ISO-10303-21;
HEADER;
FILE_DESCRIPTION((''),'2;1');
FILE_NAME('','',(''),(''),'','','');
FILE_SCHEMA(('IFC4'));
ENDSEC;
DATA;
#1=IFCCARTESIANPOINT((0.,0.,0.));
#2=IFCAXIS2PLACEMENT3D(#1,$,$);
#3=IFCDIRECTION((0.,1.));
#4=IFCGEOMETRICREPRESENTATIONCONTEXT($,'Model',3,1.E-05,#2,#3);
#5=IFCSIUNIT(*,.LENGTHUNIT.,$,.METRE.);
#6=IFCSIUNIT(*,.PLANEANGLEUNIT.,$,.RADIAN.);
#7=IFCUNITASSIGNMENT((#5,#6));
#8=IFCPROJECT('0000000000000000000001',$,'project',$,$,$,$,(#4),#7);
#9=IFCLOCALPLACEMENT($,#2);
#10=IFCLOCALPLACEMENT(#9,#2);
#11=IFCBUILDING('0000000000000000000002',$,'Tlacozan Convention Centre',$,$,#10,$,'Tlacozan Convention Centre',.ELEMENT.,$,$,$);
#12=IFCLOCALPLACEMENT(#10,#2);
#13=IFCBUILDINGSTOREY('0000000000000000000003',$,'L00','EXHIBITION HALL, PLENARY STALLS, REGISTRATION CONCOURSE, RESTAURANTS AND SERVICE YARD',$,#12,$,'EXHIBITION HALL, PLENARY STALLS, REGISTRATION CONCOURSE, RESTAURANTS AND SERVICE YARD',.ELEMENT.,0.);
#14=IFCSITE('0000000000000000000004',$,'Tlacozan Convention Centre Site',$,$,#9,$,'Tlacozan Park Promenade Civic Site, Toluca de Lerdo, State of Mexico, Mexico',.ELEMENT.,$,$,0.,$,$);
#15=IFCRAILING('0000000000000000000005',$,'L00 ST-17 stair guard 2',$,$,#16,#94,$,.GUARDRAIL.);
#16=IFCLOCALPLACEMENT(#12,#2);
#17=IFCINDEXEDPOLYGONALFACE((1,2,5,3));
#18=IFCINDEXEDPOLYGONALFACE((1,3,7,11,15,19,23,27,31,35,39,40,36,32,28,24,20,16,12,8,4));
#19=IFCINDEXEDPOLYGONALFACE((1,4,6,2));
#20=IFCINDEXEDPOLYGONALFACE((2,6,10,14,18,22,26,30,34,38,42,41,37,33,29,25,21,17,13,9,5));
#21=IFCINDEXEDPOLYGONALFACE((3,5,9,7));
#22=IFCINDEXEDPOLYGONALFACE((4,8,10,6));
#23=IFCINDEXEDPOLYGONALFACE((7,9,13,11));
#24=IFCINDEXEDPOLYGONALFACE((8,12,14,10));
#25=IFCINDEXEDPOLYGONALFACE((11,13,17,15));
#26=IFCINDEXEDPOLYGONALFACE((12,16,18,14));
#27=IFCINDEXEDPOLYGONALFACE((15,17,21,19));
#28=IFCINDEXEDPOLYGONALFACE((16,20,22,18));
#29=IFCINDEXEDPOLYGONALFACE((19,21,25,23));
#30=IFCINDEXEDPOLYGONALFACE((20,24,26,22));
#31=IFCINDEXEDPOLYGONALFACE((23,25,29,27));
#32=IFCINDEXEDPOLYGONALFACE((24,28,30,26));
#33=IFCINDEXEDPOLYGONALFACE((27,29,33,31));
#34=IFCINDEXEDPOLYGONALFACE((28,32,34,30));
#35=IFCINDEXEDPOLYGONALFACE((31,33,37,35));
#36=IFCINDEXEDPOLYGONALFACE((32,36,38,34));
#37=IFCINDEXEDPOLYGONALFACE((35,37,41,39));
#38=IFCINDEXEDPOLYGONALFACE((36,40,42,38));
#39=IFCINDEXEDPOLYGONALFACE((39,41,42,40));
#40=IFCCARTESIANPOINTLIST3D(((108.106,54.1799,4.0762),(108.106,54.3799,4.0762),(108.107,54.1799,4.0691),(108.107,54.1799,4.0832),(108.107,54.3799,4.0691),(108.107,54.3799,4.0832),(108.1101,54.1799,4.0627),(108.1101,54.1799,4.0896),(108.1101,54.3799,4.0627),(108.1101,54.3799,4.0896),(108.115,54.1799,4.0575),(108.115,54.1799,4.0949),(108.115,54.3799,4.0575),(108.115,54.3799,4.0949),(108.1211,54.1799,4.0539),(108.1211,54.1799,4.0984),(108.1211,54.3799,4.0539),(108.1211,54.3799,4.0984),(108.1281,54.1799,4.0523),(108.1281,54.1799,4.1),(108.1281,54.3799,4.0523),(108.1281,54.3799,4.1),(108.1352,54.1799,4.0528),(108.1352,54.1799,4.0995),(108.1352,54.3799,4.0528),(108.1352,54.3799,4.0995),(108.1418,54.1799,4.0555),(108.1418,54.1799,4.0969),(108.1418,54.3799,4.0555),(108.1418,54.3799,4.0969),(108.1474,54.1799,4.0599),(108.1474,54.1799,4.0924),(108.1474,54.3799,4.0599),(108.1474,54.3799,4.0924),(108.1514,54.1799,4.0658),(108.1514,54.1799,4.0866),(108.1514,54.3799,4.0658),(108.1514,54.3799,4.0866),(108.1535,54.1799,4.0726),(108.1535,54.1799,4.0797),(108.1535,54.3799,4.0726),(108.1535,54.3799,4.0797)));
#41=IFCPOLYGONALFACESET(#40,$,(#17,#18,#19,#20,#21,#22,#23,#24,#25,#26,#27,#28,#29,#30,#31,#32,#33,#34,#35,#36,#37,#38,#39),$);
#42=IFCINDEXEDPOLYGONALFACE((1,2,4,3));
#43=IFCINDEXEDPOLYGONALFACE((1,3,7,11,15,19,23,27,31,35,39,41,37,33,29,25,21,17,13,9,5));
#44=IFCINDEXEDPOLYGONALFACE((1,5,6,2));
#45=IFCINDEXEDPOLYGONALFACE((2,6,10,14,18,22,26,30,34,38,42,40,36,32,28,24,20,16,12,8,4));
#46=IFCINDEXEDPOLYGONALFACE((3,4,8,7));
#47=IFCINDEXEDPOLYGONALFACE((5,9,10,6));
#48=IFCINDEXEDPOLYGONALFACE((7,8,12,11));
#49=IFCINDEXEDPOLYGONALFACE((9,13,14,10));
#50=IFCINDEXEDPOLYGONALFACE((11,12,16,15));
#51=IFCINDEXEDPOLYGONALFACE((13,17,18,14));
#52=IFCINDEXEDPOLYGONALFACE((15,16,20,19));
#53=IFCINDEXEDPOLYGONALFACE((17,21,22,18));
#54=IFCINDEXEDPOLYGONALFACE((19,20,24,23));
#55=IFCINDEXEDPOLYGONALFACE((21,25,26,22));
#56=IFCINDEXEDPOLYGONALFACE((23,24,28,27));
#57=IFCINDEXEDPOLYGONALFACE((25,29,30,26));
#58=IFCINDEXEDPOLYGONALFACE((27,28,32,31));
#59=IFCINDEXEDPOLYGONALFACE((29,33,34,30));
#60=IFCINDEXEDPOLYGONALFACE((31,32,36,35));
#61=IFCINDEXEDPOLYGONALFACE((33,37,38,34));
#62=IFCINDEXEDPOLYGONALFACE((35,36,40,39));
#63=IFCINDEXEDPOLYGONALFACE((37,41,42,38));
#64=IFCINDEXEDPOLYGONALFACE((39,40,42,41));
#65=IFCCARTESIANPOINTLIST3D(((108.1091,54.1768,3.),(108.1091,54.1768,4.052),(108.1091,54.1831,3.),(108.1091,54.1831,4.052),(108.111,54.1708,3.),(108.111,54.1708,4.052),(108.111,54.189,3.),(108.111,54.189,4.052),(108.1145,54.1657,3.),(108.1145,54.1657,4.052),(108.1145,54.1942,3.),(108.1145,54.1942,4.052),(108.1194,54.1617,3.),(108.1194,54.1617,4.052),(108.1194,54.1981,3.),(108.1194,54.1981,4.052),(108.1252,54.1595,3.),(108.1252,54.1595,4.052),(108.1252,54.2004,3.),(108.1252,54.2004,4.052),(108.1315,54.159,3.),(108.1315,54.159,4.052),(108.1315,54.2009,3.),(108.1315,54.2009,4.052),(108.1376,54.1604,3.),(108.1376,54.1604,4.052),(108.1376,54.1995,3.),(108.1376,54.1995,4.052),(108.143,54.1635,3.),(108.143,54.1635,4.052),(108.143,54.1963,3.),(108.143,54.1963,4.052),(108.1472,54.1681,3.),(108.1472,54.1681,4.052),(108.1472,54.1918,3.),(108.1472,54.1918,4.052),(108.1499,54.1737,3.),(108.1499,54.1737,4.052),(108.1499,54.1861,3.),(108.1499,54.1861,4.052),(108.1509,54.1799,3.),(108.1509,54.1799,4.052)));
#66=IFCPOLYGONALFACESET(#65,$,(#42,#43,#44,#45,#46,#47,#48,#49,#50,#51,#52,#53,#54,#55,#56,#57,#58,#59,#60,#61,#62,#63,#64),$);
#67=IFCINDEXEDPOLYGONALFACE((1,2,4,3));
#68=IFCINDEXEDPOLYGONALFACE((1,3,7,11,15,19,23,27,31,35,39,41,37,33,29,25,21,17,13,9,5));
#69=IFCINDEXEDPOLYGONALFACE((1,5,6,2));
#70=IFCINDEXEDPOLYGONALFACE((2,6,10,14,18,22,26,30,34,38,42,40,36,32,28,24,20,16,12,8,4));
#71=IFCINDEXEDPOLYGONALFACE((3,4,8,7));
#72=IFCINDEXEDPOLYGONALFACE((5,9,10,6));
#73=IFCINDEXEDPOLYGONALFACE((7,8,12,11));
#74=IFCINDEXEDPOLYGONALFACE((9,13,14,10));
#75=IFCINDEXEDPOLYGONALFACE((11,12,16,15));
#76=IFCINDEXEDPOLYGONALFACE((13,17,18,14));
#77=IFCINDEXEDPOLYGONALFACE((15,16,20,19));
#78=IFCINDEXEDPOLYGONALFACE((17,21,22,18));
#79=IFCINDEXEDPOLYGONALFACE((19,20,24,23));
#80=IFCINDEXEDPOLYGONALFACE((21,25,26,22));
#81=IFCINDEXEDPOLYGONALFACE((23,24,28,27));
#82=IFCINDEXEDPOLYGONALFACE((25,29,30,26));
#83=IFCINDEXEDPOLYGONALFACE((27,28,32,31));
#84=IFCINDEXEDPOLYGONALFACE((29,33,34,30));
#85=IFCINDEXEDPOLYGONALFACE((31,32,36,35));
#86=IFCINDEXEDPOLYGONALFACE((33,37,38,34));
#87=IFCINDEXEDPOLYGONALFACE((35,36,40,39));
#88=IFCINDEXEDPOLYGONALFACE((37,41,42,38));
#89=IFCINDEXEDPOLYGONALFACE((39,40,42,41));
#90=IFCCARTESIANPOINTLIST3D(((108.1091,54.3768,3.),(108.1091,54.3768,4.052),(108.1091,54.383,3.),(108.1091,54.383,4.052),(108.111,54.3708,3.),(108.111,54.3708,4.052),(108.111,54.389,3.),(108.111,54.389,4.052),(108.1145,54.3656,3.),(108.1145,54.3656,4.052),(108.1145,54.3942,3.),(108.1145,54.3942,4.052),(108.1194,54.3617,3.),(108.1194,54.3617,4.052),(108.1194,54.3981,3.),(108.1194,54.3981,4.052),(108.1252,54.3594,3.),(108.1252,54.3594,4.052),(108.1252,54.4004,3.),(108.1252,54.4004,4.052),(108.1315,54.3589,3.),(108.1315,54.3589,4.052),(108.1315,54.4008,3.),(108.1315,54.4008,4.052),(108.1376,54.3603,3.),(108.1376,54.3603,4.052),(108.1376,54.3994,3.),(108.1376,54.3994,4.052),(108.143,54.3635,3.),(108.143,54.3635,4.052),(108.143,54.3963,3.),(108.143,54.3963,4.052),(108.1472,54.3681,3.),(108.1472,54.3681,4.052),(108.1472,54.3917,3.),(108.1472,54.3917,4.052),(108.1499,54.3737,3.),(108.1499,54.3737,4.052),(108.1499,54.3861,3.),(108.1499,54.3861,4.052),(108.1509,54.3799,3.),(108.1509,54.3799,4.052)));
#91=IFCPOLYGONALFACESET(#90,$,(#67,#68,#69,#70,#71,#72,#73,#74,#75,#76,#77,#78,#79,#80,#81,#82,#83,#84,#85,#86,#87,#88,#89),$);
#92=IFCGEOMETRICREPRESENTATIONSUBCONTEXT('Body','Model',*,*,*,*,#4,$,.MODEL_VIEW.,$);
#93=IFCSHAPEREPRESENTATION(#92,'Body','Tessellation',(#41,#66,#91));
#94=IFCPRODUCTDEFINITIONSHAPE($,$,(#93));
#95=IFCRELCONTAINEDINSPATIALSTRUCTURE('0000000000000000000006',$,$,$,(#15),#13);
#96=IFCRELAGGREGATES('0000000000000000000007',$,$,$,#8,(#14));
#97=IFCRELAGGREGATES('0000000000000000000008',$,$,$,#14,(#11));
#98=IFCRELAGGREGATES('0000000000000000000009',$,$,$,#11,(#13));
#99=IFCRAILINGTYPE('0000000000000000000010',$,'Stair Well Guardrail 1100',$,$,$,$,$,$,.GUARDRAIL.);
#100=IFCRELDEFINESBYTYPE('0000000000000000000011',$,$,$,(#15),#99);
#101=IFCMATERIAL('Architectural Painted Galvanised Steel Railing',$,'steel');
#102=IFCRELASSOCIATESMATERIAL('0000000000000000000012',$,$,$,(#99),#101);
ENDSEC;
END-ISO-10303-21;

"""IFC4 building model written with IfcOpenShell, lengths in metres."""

from ifc_helpers import new_model, si_unit, direction, frame, origin, origin_2d, place, context, subcontext, project, spatial, circle, extrude, material, type_object, element, save


model = new_model("IFC4")

# Units and contexts
model_context = context("Model", 3, precision=1e-05, world=origin(), true_north=direction((0.0, 1.0)))
body_context = subcontext(model_context, "Body", "Model", "MODEL_VIEW")
ifc_project = project(units=[si_unit("LENGTHUNIT", "METRE"), si_unit("PLANEANGLEUNIT", "RADIAN")], contexts=[model_context])

# Site, building, storey
site_placement = place(None, origin())
site = spatial("IfcSite", under=ifc_project, at=site_placement, Name="Tlacozan Convention Centre Site", LongName="Tlacozan Park Promenade Civic Site, Toluca de Lerdo, State of Mexico, Mexico", CompositionType="ELEMENT", RefElevation=0.0)
building_placement = place(site_placement, origin())
building = spatial("IfcBuilding", under=site, at=building_placement, Name="Tlacozan Convention Centre", LongName="Tlacozan Convention Centre", CompositionType="ELEMENT")
storey_placement = place(building_placement, origin())
storey = spatial("IfcBuildingStorey", under=building, at=storey_placement, Name="L00", Description="EXHIBITION HALL, PLENARY STALLS, REGISTRATION CONCOURSE, RESTAURANTS AND SERVICE YARD", LongName="EXHIBITION HALL, PLENARY STALLS, REGISTRATION CONCOURSE, RESTAURANTS AND SERVICE YARD", CompositionType="ELEMENT", Elevation=0.0)

# Railing
ifc_material_1 = material(Name="Architectural Painted Galvanised Steel Railing", Category="steel")
railing_type_1 = type_object("IfcRailingType", Name="Stair Well Guardrail 1100", PredefinedType="GUARDRAIL", material=ifc_material_1)
railing_1_placement = place(storey_placement, frame((108.1299, 54.1799, 3.0)))
element("IfcRailing", 1, at=railing_1_placement, inside=storey, type_object=railing_type_1, Name="L00 ST-17 stair guard 2", PredefinedType="GUARDRAIL", context=body_context, shape_type="SweptSolid", body=[
    extrude(circle(Radius=0.0239, at=origin_2d()), frame((0.0, 0.0, 1.0762), z_axis=(0.0, 1.0, 0.0), x_axis=(-1.0, 0.0, 0.0)), (0.0, 0.0, 1.0), 0.2),
    extrude(circle(Radius=0.021, at=origin_2d()), origin(), (0.0, 0.0, 1.0), 1.052),
    extrude(circle(Radius=0.021, at=origin_2d()), frame((0.0, 0.2, 0.0)), (0.0, 0.0, 1.0), 1.052),
])

save(model, "model.ifc")
